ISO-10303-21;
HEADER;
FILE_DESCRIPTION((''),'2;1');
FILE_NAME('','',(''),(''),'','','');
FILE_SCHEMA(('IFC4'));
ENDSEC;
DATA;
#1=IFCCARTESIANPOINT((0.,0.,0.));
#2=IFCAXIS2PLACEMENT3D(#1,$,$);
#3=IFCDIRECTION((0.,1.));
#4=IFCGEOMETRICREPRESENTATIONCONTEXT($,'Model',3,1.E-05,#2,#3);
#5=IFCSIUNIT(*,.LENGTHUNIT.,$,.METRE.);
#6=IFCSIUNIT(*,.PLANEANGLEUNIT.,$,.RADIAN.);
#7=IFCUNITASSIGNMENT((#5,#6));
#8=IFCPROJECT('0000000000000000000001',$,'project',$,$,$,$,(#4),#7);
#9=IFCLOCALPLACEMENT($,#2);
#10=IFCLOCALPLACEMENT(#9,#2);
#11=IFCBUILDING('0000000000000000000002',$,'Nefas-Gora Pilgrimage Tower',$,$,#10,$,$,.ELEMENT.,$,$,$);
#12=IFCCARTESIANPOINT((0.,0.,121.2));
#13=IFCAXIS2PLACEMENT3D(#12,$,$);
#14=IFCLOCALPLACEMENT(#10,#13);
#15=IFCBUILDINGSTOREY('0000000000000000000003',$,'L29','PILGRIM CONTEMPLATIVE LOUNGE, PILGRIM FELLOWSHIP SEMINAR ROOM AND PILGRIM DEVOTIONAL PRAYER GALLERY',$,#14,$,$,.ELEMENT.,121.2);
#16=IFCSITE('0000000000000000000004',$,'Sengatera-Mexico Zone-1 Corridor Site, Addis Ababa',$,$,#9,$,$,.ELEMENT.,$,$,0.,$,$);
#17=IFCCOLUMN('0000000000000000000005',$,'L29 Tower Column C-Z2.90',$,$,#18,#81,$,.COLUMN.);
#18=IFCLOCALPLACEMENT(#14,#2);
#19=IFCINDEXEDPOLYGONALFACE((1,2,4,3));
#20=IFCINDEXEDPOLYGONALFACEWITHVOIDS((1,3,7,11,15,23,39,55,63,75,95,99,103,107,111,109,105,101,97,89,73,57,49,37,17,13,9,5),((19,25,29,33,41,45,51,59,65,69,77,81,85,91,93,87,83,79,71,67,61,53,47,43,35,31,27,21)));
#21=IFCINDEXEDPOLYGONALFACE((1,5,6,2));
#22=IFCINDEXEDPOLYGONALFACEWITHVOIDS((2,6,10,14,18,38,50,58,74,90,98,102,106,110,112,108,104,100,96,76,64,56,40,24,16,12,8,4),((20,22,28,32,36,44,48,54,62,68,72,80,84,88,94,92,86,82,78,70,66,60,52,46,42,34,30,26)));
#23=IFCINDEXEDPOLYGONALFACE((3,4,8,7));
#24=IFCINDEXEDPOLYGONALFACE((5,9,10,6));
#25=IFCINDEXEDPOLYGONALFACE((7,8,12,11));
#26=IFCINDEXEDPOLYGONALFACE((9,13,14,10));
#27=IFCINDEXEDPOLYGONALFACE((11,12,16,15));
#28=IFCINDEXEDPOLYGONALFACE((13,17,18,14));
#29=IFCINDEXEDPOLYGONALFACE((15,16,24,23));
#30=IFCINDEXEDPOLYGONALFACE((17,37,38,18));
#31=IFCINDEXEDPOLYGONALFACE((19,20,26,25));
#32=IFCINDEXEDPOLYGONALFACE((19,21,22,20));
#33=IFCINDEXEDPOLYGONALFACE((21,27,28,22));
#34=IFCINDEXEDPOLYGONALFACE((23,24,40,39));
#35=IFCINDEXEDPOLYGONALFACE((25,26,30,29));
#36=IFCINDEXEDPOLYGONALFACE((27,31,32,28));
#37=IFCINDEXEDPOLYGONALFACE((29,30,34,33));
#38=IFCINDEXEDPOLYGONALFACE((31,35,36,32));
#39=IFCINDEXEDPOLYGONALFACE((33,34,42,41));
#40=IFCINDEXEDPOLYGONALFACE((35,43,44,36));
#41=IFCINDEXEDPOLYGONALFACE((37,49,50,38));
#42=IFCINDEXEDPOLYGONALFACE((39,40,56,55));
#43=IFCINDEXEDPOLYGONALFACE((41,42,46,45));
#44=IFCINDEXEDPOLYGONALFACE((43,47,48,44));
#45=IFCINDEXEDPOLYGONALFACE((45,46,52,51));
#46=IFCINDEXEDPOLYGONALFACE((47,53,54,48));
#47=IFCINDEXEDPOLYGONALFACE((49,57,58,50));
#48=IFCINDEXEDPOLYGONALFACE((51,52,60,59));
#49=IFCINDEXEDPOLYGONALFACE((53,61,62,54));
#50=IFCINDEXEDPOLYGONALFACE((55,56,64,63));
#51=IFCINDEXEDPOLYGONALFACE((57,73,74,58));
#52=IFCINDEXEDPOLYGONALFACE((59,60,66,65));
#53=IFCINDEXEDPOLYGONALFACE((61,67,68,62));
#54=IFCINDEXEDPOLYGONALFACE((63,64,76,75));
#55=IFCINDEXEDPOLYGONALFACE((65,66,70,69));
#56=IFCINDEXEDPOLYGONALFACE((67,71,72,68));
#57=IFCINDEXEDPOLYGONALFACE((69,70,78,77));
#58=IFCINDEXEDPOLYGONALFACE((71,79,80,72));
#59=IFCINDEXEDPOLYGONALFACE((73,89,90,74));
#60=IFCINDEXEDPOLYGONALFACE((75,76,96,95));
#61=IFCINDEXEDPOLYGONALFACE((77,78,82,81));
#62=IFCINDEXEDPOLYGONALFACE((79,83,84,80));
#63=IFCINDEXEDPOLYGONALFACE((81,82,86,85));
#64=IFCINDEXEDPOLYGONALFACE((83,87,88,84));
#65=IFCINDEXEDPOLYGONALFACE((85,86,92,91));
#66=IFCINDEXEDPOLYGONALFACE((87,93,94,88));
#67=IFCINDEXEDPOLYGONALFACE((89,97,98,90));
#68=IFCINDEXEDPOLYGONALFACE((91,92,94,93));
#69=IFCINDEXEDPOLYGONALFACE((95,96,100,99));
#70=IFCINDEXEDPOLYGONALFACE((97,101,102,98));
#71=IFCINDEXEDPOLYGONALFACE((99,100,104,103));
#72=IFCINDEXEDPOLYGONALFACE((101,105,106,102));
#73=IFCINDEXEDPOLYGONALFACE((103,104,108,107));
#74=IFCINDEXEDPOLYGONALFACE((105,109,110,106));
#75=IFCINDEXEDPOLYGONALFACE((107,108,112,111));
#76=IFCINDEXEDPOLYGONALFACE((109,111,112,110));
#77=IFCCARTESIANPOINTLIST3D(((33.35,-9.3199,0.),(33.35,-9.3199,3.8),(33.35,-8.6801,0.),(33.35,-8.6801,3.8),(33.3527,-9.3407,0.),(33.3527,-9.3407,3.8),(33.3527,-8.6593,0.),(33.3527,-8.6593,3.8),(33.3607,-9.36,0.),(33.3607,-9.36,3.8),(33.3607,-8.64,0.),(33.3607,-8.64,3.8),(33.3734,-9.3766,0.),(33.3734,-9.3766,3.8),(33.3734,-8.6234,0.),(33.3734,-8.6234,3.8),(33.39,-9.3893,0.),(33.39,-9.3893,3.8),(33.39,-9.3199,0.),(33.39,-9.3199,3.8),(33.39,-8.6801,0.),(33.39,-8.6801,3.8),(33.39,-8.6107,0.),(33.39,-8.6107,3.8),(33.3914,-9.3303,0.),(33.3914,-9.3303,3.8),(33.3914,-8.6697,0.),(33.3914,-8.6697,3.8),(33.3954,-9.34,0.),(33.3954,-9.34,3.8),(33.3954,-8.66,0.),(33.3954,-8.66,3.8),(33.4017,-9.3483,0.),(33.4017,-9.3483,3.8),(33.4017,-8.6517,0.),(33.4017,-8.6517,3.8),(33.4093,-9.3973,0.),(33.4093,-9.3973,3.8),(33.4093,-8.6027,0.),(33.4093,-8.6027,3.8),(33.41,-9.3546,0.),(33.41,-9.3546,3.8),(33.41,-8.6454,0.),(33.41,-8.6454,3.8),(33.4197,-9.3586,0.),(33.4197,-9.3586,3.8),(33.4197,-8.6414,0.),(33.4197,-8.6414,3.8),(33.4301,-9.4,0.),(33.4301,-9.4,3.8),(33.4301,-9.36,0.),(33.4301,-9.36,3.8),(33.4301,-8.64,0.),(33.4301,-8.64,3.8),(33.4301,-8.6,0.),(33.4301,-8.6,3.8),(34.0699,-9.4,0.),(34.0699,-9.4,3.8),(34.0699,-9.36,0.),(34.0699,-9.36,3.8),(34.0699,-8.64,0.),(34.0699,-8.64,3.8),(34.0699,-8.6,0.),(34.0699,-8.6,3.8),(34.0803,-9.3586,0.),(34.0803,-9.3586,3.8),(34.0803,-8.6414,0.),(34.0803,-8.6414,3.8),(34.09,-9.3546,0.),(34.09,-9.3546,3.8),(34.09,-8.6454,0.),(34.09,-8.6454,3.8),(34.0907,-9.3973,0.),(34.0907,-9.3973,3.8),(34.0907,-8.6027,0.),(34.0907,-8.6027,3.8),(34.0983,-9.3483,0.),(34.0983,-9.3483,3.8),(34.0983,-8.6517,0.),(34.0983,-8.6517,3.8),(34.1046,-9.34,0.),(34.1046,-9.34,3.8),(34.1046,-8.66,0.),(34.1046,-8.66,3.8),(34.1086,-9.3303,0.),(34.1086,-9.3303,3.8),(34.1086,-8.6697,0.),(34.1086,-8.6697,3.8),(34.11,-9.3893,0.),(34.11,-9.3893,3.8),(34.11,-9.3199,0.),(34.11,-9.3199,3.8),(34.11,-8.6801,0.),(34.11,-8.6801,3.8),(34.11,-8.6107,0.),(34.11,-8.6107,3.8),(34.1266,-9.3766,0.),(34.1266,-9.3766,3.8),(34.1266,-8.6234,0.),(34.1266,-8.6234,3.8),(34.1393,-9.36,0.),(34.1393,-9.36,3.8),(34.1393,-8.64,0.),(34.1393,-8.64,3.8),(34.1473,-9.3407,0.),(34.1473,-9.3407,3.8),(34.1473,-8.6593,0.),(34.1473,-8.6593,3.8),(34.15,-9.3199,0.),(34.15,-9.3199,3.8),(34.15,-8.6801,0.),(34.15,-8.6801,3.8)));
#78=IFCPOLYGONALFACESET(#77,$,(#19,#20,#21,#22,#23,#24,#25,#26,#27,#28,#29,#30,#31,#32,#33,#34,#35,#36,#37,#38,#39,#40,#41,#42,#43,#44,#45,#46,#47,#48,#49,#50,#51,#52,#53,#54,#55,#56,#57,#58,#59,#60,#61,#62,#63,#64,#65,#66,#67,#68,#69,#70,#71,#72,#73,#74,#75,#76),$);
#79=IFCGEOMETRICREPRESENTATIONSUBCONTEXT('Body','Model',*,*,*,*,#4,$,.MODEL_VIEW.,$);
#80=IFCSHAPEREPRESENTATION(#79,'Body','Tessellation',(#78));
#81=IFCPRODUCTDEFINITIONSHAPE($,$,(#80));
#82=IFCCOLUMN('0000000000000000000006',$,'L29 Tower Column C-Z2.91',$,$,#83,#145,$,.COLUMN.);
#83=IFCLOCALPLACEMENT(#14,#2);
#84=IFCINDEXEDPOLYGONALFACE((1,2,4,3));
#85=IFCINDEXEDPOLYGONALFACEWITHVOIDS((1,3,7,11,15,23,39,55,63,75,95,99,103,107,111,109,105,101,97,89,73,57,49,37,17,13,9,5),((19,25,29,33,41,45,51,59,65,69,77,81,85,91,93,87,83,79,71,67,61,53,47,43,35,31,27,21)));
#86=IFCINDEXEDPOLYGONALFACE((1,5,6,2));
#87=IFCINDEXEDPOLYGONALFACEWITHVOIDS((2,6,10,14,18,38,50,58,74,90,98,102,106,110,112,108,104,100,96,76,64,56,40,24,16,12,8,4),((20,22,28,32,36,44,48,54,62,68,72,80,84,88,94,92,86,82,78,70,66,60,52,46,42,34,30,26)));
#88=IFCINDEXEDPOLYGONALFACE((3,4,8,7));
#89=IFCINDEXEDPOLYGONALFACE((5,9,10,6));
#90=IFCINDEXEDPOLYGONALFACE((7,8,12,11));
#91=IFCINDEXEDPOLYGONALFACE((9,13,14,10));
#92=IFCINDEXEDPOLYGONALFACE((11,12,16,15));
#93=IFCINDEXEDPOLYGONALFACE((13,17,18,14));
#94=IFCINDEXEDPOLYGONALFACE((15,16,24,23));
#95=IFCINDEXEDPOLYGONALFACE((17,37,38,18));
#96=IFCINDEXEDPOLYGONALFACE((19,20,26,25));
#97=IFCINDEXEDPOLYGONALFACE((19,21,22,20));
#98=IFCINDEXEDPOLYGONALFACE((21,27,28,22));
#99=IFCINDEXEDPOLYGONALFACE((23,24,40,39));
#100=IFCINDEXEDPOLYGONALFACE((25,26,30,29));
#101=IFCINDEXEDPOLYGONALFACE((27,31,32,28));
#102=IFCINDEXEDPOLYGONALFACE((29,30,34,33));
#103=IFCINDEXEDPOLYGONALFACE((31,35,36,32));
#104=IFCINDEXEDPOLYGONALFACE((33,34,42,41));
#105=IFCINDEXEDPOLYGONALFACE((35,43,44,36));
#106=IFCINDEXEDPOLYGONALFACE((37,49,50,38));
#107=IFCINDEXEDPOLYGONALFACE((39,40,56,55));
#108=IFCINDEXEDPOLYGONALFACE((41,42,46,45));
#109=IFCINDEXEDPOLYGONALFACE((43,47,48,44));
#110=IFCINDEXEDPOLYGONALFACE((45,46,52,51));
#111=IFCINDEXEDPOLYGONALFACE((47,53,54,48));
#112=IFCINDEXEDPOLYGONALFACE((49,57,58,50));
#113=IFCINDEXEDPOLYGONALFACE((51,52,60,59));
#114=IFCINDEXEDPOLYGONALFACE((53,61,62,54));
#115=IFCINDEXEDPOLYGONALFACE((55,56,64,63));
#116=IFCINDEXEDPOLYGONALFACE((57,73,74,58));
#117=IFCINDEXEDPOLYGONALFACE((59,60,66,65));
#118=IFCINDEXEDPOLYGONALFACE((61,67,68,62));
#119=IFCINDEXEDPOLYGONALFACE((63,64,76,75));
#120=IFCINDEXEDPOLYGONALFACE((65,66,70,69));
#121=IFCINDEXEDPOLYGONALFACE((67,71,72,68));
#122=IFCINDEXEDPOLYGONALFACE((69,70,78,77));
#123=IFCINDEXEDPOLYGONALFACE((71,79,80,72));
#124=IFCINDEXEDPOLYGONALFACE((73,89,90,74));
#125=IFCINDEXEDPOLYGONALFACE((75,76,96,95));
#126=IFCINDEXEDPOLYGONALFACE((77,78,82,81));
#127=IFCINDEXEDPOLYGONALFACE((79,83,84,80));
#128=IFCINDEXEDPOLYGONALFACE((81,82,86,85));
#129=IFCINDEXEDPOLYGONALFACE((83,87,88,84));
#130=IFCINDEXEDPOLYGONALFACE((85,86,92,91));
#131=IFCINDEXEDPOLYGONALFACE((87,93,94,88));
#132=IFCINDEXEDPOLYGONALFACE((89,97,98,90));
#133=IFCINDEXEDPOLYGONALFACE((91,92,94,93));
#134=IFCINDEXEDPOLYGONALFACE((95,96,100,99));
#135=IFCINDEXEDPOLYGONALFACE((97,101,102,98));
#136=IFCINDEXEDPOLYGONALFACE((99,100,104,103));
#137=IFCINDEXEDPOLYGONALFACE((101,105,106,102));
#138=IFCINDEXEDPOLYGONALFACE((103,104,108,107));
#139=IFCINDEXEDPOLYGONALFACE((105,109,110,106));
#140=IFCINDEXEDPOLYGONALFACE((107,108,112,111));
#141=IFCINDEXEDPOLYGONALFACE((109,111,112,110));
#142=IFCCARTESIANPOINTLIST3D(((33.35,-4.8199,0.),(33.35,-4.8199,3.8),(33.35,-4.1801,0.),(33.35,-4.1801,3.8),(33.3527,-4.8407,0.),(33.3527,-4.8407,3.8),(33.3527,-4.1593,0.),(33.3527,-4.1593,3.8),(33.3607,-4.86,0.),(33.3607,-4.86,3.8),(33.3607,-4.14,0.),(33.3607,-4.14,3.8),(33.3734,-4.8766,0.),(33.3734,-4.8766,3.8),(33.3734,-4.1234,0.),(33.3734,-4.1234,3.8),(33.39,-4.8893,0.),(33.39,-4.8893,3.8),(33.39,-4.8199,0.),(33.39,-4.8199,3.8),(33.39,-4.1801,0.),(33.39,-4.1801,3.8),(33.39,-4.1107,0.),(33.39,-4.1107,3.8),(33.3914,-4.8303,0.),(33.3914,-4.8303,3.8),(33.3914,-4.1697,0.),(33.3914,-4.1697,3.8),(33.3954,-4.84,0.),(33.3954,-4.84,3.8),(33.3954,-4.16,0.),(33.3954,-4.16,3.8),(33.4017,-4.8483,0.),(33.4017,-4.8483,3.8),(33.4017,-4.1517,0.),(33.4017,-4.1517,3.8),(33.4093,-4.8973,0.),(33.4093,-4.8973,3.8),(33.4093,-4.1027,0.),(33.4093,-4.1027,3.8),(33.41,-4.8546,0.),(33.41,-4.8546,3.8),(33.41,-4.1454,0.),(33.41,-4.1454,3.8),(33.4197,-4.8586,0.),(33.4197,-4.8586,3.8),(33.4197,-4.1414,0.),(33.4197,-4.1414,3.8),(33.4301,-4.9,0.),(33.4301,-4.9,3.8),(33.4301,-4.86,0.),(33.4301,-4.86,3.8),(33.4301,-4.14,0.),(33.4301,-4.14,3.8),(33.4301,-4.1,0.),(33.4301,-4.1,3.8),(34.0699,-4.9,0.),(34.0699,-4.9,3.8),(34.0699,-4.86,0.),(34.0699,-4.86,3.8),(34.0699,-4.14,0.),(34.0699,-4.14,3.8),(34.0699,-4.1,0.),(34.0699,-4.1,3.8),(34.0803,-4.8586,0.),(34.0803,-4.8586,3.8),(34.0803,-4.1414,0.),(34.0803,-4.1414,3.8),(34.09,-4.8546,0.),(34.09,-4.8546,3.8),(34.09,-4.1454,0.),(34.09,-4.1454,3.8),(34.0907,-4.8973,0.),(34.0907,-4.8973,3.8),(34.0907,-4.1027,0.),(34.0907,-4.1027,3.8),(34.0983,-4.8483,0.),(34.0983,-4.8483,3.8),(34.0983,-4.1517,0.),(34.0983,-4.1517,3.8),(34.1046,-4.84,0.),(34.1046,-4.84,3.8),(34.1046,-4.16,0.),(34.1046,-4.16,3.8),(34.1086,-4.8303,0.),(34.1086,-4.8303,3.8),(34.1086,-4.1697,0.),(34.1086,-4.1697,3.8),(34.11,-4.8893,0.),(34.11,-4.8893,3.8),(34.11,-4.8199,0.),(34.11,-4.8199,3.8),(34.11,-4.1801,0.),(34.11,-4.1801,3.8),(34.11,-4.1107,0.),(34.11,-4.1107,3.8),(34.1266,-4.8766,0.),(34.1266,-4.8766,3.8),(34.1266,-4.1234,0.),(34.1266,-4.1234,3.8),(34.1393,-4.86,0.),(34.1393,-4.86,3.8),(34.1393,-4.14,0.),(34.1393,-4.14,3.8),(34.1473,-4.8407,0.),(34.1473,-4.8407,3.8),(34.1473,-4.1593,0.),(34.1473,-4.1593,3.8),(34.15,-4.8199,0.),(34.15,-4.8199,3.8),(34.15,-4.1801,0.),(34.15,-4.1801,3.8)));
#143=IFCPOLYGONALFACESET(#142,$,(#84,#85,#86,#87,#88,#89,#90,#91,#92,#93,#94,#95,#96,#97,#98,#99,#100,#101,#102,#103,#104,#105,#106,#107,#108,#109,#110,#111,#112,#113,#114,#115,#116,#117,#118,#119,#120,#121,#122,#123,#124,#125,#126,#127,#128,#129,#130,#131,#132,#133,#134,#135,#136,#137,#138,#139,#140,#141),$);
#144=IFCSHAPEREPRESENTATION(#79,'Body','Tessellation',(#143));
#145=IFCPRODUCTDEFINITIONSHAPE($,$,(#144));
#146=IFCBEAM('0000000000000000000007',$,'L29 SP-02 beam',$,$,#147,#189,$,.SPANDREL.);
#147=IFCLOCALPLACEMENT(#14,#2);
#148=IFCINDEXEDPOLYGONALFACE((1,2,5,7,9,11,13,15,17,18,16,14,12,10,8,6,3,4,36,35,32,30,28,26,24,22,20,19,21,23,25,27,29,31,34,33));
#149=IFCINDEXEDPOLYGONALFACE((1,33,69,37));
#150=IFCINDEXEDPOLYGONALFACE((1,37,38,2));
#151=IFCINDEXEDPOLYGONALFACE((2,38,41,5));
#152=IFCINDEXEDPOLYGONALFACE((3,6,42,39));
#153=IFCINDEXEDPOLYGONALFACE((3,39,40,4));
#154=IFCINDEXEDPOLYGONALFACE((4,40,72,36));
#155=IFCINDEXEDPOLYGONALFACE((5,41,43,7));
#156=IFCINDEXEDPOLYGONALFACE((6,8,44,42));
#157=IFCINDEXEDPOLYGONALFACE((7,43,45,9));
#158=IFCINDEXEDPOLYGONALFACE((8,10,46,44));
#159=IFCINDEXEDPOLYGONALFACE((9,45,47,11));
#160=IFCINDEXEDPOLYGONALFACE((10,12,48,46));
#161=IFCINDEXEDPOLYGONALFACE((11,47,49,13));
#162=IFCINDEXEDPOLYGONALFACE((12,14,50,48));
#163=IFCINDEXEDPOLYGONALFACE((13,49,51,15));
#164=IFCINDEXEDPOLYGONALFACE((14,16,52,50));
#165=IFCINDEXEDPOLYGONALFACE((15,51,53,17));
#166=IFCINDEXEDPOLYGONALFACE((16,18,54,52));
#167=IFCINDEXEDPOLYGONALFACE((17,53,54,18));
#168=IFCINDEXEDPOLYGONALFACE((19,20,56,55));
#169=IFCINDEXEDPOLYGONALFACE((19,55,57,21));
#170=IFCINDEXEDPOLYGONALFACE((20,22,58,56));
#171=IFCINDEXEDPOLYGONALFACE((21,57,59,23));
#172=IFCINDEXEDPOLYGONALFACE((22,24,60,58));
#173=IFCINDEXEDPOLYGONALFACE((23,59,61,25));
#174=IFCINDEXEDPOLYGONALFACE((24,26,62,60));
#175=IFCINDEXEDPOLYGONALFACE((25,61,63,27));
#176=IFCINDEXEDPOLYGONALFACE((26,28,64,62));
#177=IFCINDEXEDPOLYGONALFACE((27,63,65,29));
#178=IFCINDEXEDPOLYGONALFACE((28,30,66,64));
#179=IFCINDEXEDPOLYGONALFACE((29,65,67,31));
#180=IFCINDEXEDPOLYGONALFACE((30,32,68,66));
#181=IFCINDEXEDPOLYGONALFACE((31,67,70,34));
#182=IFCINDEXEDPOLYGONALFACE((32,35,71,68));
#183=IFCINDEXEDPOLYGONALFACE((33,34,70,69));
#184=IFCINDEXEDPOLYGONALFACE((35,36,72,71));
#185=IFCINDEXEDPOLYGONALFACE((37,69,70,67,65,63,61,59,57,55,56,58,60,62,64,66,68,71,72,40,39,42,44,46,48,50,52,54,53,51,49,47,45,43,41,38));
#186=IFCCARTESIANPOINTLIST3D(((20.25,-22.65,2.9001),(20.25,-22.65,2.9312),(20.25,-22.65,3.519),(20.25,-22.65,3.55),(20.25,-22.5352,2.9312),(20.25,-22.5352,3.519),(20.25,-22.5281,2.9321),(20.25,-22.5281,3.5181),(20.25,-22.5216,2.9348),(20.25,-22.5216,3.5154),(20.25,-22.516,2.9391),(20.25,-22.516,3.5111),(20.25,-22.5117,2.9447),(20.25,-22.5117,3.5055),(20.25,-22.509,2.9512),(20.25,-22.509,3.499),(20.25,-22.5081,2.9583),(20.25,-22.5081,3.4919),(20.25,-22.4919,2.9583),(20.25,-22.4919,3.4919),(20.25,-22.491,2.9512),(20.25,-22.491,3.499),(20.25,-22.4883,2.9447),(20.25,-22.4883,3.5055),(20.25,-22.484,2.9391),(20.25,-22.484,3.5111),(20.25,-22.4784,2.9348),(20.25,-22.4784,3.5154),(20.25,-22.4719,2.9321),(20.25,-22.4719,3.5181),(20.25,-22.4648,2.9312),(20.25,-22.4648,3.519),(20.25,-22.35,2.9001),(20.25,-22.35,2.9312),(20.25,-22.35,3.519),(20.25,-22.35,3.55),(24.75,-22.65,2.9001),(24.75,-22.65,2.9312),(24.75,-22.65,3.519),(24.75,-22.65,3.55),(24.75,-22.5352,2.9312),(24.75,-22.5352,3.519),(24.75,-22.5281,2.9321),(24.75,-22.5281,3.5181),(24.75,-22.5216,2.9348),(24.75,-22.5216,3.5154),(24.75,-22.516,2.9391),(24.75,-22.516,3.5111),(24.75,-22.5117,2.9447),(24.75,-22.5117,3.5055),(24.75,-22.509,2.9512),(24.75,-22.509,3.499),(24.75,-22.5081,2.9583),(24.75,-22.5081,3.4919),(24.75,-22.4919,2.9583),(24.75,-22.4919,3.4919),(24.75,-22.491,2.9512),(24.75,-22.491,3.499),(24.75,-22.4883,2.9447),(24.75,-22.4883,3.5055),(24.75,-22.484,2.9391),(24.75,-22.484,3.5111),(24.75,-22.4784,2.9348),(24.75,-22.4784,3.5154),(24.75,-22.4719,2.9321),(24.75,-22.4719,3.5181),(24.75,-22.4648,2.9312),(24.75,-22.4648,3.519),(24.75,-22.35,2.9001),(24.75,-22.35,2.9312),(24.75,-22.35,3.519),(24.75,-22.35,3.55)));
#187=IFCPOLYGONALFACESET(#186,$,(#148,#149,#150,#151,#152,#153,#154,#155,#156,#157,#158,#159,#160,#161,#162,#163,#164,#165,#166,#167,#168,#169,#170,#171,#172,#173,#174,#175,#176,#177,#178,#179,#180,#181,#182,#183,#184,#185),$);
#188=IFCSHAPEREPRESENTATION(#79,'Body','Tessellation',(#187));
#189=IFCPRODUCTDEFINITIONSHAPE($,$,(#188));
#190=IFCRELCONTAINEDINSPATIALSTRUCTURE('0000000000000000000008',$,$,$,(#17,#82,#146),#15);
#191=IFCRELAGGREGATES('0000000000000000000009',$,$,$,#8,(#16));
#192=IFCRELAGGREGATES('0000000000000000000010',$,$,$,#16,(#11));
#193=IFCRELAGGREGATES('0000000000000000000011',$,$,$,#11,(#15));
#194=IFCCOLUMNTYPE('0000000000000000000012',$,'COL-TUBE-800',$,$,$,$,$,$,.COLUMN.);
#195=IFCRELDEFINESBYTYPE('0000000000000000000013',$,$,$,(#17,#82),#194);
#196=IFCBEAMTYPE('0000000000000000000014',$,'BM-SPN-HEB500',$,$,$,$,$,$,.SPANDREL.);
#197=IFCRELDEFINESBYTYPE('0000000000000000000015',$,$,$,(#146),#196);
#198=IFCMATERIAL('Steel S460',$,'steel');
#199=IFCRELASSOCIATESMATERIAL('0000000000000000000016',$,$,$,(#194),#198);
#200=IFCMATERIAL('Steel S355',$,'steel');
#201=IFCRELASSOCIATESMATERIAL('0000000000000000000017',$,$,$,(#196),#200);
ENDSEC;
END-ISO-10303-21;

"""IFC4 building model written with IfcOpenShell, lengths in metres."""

from ifc_helpers import new_model, si_unit, direction, frame, origin, origin_2d, place, context, subcontext, project, spatial, hollow_rectangle, i_section, extrude, source, transform, mapped, material, material_profile, profile_set, type_object, element, save


model = new_model("IFC4")

# Units and contexts
model_context = context("Model", 3, precision=1e-05, world=origin(), true_north=direction((0.0, 1.0)))
body_context = subcontext(model_context, "Body", "Model", "MODEL_VIEW")
ifc_project = project(units=[si_unit("LENGTHUNIT", "METRE"), si_unit("PLANEANGLEUNIT", "RADIAN")], contexts=[model_context])

# Site, building, storey
site_placement = place(None, origin())
site = spatial("IfcSite", under=ifc_project, at=site_placement, Name="Sengatera-Mexico Zone-1 Corridor Site, Addis Ababa", CompositionType="ELEMENT", RefElevation=0.0)
building_placement = place(site_placement, origin())
building = spatial("IfcBuilding", under=site, at=building_placement, Name="Nefas-Gora Pilgrimage Tower", CompositionType="ELEMENT")
storey_placement = place(building_placement, frame((0.0, 0.0, 121.2)))
storey = spatial("IfcBuildingStorey", under=building, at=storey_placement, Name="L29", Description="PILGRIM CONTEMPLATIVE LOUNGE, PILGRIM FELLOWSHIP SEMINAR ROOM AND PILGRIM DEVOTIONAL PRAYER GALLERY", CompositionType="ELEMENT", Elevation=121.2)

# Columns
ifc_material_1 = material(Name="Steel S460", Category="steel")
ifc_material_profile_1 = material_profile(ifc_material_1, hollow_rectangle(XDim=0.8, YDim=0.8, WallThickness=0.04, InnerFilletRadius=0.04, OuterFilletRadius=0.0801, at=origin_2d()), Name="BOX 800x800x40")
ifc_profile_set_1 = profile_set([ifc_material_profile_1], Name="Steel S460")
column_type_1 = type_object("IfcColumnType", Name="COL-TUBE-800", PredefinedType="COLUMN", material=ifc_profile_set_1)
shared_shape_1 = source(origin(), body_context, "Body", "SweptSolid", [
    extrude(hollow_rectangle(XDim=0.8, YDim=0.8, WallThickness=0.04, InnerFilletRadius=0.04, OuterFilletRadius=0.0801, at=origin_2d()), origin(), (0.0, 0.0, 1.0), 3.8),
])
for number, where, z_axis, x_axis, name in (
    (1, (33.75, -9.0, 0.0), (0.0, 0.0, 1.0), (1.0, 0.0, 0.0), "L29 Tower Column C-Z2.90"),
    (2, (33.75, -4.5, 0.0), (0.0, 0.0, 1.0), (1.0, 0.0, 0.0), "L29 Tower Column C-Z2.91"),
):
    element("IfcColumn", number, at=place(storey_placement, frame(where, z_axis=z_axis, x_axis=x_axis)), inside=storey, type_object=column_type_1, Name=name, PredefinedType="COLUMN", context=body_context, shape_type="MappedRepresentation", body=[
        mapped(shared_shape_1, transform((0.0, 0.0, 0.0), x_axis=(1.0, 0.0, 0.0), y_axis=(0.0, 1.0, 0.0), z_axis=(0.0, 0.0, 1.0), scale=1.0)),
    ])

# Beam
ifc_material_2 = material(Name="Steel S355", Category="steel")
ifc_material_profile_2 = material_profile(ifc_material_2, i_section(OverallWidth=0.3, OverallDepth=0.6499, WebThickness=0.0161, FlangeThickness=0.031, FilletRadius=0.0271, at=origin_2d()), Name="HEB 650")
ifc_profile_set_2 = profile_set([ifc_material_profile_2], Name="Steel S355")
beam_type_1 = type_object("IfcBeamType", Name="BM-SPN-HEB500", PredefinedType="SPANDREL", material=ifc_profile_set_2)
shared_shape_2 = source(origin(), body_context, "Body", "SweptSolid", [
    extrude(i_section(OverallWidth=0.3, OverallDepth=0.6499, WebThickness=0.0161, FlangeThickness=0.031, FilletRadius=0.0271, at=origin_2d()), origin(), (0.0, 0.0, 1.0), 4.5),
])
for number, where, z_axis, x_axis, name in (
    (3, (20.25, -22.5, 3.2251), (1.0, 0.0, 0.0), (0.0, 1.0, 0.0), "L29 SP-02 beam"),
):
    element("IfcBeam", number, at=place(storey_placement, frame(where, z_axis=z_axis, x_axis=x_axis)), inside=storey, type_object=beam_type_1, Name=name, PredefinedType="SPANDREL", context=body_context, shape_type="MappedRepresentation", body=[
        mapped(shared_shape_2, transform((0.0, 0.0, 0.0), x_axis=(1.0, 0.0, 0.0), y_axis=(0.0, 1.0, 0.0), z_axis=(0.0, 0.0, 1.0), scale=1.0)),
    ])

save(model, "model.ifc")
